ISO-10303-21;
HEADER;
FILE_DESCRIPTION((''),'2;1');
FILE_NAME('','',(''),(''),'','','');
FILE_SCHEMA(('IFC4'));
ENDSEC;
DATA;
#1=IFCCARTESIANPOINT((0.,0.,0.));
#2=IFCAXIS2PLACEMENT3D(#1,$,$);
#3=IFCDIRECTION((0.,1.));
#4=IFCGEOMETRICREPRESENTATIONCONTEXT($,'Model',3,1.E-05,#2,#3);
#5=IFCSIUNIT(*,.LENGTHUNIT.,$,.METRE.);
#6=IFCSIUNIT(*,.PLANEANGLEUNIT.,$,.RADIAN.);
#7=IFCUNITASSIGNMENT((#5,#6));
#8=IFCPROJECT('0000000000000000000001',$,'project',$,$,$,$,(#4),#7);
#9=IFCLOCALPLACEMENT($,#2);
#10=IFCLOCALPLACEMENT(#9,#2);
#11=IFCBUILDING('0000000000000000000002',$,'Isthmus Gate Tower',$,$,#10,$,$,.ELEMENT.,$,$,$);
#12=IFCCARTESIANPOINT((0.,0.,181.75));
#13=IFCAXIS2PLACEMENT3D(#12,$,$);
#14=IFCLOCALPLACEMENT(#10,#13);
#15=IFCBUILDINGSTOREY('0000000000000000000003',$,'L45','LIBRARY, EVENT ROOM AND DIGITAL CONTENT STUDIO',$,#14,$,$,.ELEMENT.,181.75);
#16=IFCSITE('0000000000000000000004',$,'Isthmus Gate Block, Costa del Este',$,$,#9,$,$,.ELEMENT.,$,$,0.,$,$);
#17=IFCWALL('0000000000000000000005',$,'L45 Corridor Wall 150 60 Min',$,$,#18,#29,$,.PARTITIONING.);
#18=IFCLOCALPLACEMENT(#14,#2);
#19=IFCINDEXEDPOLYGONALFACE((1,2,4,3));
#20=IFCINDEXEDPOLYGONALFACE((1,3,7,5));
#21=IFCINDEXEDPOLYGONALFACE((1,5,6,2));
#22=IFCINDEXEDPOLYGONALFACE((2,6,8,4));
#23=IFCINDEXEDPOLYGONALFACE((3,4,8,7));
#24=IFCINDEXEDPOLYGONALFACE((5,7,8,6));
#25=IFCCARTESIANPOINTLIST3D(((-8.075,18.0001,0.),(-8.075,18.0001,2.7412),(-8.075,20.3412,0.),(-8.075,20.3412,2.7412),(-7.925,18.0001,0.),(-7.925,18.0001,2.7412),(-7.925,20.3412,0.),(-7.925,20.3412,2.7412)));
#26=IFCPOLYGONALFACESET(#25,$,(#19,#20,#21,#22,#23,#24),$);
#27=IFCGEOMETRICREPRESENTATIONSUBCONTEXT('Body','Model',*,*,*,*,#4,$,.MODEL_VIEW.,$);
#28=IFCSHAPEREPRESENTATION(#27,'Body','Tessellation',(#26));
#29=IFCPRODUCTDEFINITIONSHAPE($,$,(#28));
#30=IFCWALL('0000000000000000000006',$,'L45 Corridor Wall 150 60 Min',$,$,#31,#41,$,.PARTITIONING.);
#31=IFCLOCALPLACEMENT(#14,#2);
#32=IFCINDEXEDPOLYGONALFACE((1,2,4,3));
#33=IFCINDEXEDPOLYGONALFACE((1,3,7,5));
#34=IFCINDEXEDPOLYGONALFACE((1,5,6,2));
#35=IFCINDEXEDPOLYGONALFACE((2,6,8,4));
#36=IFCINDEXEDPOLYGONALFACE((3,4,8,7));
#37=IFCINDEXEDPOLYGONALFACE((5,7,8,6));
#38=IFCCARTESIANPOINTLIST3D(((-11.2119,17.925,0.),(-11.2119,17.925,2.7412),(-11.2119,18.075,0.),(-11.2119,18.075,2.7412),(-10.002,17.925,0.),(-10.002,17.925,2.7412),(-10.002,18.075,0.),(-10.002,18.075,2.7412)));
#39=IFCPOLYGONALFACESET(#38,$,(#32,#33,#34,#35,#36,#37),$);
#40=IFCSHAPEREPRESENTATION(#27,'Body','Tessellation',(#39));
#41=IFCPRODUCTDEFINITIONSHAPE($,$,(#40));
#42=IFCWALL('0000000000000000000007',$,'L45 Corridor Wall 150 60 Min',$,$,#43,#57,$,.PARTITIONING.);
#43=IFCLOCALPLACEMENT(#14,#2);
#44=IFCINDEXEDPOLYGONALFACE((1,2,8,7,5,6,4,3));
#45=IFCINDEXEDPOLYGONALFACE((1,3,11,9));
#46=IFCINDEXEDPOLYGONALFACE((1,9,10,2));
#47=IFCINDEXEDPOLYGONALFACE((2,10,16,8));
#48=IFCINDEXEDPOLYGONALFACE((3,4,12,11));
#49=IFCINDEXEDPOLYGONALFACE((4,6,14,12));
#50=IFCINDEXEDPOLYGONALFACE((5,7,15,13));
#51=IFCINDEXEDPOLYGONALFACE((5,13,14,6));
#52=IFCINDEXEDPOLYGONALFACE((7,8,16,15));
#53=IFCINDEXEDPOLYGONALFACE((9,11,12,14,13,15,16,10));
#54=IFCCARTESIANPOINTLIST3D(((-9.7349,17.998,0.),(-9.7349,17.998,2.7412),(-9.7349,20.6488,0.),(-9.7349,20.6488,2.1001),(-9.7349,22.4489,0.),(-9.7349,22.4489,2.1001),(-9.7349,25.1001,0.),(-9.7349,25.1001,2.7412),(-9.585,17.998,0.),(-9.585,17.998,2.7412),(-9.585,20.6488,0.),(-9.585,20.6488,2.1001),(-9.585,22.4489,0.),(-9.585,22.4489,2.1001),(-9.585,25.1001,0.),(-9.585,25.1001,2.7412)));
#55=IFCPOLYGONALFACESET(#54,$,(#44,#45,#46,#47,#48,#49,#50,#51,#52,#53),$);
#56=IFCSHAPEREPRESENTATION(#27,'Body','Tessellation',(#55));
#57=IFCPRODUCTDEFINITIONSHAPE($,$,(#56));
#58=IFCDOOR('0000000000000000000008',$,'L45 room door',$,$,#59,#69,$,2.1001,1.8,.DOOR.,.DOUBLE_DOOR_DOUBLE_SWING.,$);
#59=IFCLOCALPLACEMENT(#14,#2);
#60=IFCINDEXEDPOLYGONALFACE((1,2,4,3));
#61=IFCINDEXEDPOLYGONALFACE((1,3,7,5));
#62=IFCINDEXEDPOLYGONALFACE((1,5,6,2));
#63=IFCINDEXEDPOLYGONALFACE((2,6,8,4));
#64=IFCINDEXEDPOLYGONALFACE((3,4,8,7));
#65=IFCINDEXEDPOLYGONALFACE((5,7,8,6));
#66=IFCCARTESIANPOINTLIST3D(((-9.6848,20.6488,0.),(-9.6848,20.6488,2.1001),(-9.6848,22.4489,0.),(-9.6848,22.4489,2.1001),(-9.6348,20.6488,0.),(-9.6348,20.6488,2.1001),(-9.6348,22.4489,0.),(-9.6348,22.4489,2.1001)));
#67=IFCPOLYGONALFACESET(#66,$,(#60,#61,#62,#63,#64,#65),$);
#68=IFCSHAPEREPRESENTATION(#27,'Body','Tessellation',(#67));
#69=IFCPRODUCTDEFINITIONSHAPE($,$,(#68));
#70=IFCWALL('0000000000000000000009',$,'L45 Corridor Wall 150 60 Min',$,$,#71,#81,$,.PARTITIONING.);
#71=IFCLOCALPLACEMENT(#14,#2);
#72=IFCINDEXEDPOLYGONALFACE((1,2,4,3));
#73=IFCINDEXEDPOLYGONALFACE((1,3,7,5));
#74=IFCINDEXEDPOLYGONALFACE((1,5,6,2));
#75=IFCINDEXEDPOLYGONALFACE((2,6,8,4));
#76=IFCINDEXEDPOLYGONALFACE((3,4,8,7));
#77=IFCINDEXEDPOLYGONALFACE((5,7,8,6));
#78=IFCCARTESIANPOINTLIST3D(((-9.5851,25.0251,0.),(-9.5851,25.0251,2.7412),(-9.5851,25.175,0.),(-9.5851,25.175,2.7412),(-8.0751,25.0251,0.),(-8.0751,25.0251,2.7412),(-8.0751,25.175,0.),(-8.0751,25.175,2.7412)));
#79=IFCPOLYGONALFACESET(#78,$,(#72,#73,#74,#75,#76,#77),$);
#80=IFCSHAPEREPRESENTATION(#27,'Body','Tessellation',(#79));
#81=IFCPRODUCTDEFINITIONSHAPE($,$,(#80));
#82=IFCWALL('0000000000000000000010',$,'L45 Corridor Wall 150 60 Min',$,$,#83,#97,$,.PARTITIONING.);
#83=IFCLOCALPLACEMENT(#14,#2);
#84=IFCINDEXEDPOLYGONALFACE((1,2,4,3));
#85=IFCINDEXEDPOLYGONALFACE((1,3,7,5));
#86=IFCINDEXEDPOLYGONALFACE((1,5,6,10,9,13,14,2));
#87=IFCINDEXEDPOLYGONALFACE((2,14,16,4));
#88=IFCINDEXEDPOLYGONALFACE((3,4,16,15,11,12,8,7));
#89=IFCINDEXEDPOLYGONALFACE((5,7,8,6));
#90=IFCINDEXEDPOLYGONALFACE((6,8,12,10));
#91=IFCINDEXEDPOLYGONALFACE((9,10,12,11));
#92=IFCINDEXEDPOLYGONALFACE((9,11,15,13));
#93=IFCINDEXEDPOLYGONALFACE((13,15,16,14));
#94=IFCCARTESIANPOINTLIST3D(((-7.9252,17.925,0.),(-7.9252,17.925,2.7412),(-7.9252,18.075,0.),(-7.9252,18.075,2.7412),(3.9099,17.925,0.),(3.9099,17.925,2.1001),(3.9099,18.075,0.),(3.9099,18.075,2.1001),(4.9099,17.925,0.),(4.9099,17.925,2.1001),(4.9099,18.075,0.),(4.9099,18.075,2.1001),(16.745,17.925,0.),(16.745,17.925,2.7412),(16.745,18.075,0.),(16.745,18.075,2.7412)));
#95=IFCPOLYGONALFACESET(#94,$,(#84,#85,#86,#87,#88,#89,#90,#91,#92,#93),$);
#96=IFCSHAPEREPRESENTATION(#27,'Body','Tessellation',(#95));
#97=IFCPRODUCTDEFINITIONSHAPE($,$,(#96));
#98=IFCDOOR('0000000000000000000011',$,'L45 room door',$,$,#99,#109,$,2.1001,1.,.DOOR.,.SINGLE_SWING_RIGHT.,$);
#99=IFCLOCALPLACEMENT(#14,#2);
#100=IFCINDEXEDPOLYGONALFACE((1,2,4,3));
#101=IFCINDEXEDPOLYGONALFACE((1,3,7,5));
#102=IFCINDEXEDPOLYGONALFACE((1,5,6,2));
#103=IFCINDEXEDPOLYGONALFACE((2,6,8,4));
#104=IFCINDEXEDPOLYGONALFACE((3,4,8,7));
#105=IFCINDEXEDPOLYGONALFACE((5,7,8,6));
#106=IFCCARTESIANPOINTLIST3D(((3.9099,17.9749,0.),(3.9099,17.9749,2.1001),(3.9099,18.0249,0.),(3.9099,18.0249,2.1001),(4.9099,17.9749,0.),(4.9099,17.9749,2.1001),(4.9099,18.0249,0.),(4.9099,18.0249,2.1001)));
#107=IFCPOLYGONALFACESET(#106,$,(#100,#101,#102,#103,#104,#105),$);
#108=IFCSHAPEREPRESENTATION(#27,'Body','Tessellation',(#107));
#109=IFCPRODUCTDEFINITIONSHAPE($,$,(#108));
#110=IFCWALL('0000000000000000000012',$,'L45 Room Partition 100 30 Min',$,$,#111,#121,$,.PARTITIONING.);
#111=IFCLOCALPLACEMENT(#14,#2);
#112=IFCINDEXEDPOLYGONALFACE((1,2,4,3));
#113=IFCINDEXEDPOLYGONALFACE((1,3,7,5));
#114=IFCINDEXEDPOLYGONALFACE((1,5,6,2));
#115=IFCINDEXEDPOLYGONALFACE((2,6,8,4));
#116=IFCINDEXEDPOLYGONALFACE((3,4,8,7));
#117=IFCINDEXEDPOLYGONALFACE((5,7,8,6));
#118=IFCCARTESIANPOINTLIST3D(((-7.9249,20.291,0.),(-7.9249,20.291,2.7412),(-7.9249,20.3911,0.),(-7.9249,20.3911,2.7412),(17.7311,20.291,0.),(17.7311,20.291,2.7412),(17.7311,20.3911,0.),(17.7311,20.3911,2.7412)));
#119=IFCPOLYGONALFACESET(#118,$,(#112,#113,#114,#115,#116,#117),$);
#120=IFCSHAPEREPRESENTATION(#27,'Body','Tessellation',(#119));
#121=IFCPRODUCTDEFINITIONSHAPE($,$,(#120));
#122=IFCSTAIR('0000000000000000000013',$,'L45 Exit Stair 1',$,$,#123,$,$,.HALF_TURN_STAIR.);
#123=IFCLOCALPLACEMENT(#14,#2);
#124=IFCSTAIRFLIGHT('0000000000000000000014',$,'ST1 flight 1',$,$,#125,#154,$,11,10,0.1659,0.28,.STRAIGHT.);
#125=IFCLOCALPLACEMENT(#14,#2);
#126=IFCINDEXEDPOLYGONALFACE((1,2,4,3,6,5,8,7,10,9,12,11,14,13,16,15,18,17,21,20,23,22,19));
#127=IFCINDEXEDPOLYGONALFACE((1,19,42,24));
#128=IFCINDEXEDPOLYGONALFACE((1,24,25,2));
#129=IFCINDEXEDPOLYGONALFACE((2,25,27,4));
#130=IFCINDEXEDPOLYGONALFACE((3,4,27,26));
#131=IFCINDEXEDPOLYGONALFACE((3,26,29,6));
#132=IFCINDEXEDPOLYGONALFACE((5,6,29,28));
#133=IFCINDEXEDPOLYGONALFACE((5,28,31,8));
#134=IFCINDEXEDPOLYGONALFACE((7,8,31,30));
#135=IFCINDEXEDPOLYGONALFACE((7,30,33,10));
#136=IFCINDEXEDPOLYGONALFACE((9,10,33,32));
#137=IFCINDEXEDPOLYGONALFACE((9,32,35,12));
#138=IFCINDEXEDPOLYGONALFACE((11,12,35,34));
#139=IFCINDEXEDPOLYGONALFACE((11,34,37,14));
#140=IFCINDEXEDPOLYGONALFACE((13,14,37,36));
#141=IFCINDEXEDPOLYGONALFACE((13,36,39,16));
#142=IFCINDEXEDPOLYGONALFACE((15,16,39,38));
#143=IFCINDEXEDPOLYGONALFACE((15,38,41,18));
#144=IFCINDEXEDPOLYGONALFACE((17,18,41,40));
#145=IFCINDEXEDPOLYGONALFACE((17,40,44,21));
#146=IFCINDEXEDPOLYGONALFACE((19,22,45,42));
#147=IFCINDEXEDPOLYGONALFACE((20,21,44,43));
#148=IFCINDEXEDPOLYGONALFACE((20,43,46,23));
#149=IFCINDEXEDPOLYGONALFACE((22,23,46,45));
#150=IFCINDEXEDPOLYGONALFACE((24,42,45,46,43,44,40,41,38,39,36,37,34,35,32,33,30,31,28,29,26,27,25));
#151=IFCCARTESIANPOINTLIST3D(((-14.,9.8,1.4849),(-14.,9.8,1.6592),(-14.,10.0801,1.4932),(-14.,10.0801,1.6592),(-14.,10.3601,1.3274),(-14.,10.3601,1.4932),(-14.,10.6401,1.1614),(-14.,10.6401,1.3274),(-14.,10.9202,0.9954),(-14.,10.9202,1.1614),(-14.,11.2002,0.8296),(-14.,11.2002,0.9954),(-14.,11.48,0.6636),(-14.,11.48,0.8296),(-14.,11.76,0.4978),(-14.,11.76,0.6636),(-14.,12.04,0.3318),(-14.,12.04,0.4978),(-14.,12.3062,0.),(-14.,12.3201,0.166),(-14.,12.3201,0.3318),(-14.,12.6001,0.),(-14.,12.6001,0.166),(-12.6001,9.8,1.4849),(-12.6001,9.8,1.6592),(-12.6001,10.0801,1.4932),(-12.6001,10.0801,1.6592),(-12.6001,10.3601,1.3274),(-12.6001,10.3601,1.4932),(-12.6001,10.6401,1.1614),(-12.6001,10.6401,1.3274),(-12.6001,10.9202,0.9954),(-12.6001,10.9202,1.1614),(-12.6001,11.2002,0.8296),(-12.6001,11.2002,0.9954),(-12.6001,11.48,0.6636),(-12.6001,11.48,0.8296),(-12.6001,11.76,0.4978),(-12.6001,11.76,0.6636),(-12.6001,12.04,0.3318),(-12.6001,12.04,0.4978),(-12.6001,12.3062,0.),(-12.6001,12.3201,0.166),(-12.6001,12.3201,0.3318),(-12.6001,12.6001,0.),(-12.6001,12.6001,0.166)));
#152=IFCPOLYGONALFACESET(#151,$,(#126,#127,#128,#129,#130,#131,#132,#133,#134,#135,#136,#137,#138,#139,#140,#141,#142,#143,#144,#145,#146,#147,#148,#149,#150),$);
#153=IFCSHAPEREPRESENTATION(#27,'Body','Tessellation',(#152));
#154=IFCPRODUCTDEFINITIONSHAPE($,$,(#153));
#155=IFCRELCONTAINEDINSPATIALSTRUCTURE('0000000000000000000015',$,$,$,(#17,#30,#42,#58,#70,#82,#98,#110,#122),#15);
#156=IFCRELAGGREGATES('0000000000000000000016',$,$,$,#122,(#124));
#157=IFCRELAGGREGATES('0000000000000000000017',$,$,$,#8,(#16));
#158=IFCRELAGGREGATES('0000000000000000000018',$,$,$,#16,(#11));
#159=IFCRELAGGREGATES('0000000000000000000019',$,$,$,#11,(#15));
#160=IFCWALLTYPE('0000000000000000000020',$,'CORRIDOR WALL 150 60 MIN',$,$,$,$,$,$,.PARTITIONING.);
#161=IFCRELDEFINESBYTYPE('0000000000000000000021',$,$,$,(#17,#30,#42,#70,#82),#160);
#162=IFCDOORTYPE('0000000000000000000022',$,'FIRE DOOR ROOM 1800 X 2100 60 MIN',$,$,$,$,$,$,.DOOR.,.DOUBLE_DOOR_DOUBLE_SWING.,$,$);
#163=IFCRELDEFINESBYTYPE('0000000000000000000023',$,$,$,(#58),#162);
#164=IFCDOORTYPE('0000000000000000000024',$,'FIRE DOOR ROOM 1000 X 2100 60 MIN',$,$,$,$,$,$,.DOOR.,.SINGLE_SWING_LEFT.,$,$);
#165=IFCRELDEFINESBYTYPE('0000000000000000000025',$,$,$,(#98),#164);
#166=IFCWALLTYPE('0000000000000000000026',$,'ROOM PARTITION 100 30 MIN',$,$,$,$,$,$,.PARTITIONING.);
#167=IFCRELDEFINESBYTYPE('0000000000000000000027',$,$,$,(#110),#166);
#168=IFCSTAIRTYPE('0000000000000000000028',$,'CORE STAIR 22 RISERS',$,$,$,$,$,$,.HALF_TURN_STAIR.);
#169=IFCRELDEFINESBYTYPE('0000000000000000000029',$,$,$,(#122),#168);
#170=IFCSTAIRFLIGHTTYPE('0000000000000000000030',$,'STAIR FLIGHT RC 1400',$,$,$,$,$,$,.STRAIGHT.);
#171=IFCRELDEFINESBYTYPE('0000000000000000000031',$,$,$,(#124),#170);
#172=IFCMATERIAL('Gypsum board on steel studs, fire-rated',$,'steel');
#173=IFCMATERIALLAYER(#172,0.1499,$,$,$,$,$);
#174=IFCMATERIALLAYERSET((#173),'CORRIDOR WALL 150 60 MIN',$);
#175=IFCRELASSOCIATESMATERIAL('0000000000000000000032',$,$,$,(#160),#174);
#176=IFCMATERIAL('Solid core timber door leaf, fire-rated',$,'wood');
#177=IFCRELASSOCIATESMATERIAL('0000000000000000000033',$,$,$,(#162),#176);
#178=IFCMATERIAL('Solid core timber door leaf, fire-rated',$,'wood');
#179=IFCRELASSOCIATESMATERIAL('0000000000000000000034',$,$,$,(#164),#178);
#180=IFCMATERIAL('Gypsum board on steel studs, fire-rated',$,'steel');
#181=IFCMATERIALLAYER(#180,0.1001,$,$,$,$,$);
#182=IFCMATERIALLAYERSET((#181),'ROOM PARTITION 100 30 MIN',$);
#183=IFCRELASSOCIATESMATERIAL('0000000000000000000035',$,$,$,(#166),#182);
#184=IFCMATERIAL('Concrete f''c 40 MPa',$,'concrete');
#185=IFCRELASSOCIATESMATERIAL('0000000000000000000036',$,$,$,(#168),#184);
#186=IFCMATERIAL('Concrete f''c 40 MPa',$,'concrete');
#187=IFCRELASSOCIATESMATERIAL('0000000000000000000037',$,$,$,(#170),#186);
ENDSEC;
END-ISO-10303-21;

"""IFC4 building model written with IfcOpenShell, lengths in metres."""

from ifc_helpers import new_model, si_unit, direction, frame, frame_2d, origin, place, context, subcontext, project, spatial, polyline, rectangle, outline, extrude, material, layer, layer_set, type_object, element, fill, aggregate, save


model = new_model("IFC4")

# Units and contexts
model_context = context("Model", 3, precision=1e-05, world=origin(), true_north=direction((0.0, 1.0)))
body_context = subcontext(model_context, "Body", "Model", "MODEL_VIEW")
ifc_project = project(units=[si_unit("LENGTHUNIT", "METRE"), si_unit("PLANEANGLEUNIT", "RADIAN")], contexts=[model_context])

# Site, building, storey
site_placement = place(None, origin())
site = spatial("IfcSite", under=ifc_project, at=site_placement, Name="Isthmus Gate Block, Costa del Este", CompositionType="ELEMENT", RefElevation=0.0)
building_placement = place(site_placement, origin())
building = spatial("IfcBuilding", under=site, at=building_placement, Name="Isthmus Gate Tower", CompositionType="ELEMENT")
storey_placement = place(building_placement, frame((0.0, 0.0, 181.75)))
storey = spatial("IfcBuildingStorey", under=building, at=storey_placement, Name="L45", Description="LIBRARY, EVENT ROOM AND DIGITAL CONTENT STUDIO", CompositionType="ELEMENT", Elevation=181.75)

# Walls
ifc_material_1 = material(Name="Gypsum board on steel studs, fire-rated", Category="steel")
ifc_layer_1 = layer(ifc_material_1, 0.1499)
ifc_layer_set_1 = layer_set([ifc_layer_1], Name="CORRIDOR WALL 150 60 MIN")
wall_type_1 = type_object("IfcWallType", Name="CORRIDOR WALL 150 60 MIN", PredefinedType="PARTITIONING", material=ifc_layer_set_1)
wall_1_placement = place(storey_placement, frame((-8.0, 20.3411, 0.0), z_axis=(0.0, 0.0, 1.0), x_axis=(0.0, -1.0, 0.0)))
element("IfcWall", 1, at=wall_1_placement, inside=storey, type_object=wall_type_1, Name="L45 Corridor Wall 150 60 Min", PredefinedType="PARTITIONING", context=body_context, shape_type="SweptSolid", body=[
    extrude(rectangle(XDim=2.3411, YDim=0.1499, at=frame_2d((1.1704, 0.0))), origin(), (0.0, 0.0, 1.0), 2.7412),
])
wall_2_placement = place(storey_placement, frame((-11.2119, 18.0, 0.0), z_axis=(0.0, 0.0, 1.0), x_axis=(1.0, 0.0, 0.0)))
element("IfcWall", 2, at=wall_2_placement, inside=storey, type_object=wall_type_1, Name="L45 Corridor Wall 150 60 Min", PredefinedType="PARTITIONING", context=body_context, shape_type="SweptSolid", body=[
    extrude(rectangle(XDim=1.21, YDim=0.1499, at=frame_2d((0.605, 0.0))), origin(), (0.0, 0.0, 1.0), 2.7412),
])

# Wall, opening, door
wall_3_placement = place(storey_placement, frame((-9.6599, 17.998, 0.0), z_axis=(0.0, 0.0, 1.0), x_axis=(0.0, 1.0, 0.0)))
wall_3 = element("IfcWall", 3, at=wall_3_placement, inside=storey, type_object=wall_type_1, Name="L45 Corridor Wall 150 60 Min", PredefinedType="PARTITIONING", context=body_context, shape_type="SweptSolid", body=[
    extrude(rectangle(XDim=7.1021, YDim=0.1499, at=frame_2d((3.551, 0.0))), origin(), (0.0, 0.0, 1.0), 2.7412),
])
opening_1_placement = place(wall_3_placement, frame((2.6509, 0.0, 0.0)))
opening_1 = element("IfcOpeningElement", 4, at=opening_1_placement, cuts=wall_3, PredefinedType="OPENING", context=body_context, shape_type="SweptSolid", body=[
    extrude(rectangle(XDim=1.8, YDim=2.1001, at=frame_2d((0.8999, 1.05))), frame((0.0, 0.085, 0.0), z_axis=(0.0, -1.0, 0.0), x_axis=(1.0, 0.0, 0.0)), (0.0, 0.0, 1.0), 0.1699),
])
ifc_material_2 = material(Name="Solid core timber door leaf, fire-rated", Category="wood")
door_type_1 = type_object("IfcDoorType", Name="FIRE DOOR ROOM 1800 X 2100 60 MIN", OperationType="DOUBLE_DOOR_DOUBLE_SWING", PredefinedType="DOOR", material=ifc_material_2)
door_1_placement = place(opening_1_placement, origin())
door_1 = element("IfcDoor", 5, at=door_1_placement, inside=storey, type_object=door_type_1, Name="L45 room door", OperationType="DOUBLE_DOOR_DOUBLE_SWING", OverallHeight=2.1001, OverallWidth=1.8, PredefinedType="DOOR", context=body_context, shape_type="SweptSolid", body=[
    extrude(rectangle(XDim=1.8, YDim=2.1001, at=frame_2d((0.8999, 1.05))), frame((0.0, 0.0249, 0.0), z_axis=(0.0, -1.0, 0.0), x_axis=(1.0, 0.0, 0.0)), (0.0, 0.0, 1.0), 0.05),
])
fill(opening_1, door_1)

# Wall
wall_4_placement = place(storey_placement, frame((-9.585, 25.1001, 0.0), z_axis=(0.0, 0.0, 1.0), x_axis=(1.0, 0.0, 0.0)))
element("IfcWall", 6, at=wall_4_placement, inside=storey, type_object=wall_type_1, Name="L45 Corridor Wall 150 60 Min", PredefinedType="PARTITIONING", context=body_context, shape_type="SweptSolid", body=[
    extrude(rectangle(XDim=1.51, YDim=0.1499, at=frame_2d((0.7549, 0.0))), origin(), (0.0, 0.0, 1.0), 2.7412),
])

# Wall, opening, door
wall_5_placement = place(storey_placement, frame((-7.925, 18.0, 0.0), z_axis=(0.0, 0.0, 1.0), x_axis=(1.0, 0.0, 0.0)))
wall_5 = element("IfcWall", 7, at=wall_5_placement, inside=storey, type_object=wall_type_1, Name="L45 Corridor Wall 150 60 Min", PredefinedType="PARTITIONING", context=body_context, shape_type="SweptSolid", body=[
    extrude(rectangle(XDim=24.6702, YDim=0.1499, at=frame_2d((12.335, 0.0))), origin(), (0.0, 0.0, 1.0), 2.7412),
])
opening_2_placement = place(wall_5_placement, frame((11.835, 0.0, 0.0)))
opening_2 = element("IfcOpeningElement", 8, at=opening_2_placement, cuts=wall_5, PredefinedType="OPENING", context=body_context, shape_type="SweptSolid", body=[
    extrude(rectangle(XDim=1.0, YDim=2.1001, at=frame_2d((0.5, 1.05))), frame((0.0, 0.085, 0.0), z_axis=(0.0, -1.0, 0.0), x_axis=(1.0, 0.0, 0.0)), (0.0, 0.0, 1.0), 0.1699),
])
ifc_material_3 = material(Name="Solid core timber door leaf, fire-rated", Category="wood")
door_type_2 = type_object("IfcDoorType", Name="FIRE DOOR ROOM 1000 X 2100 60 MIN", OperationType="SINGLE_SWING_LEFT", PredefinedType="DOOR", material=ifc_material_3)
door_2_placement = place(opening_2_placement, origin())
door_2 = element("IfcDoor", 9, at=door_2_placement, inside=storey, type_object=door_type_2, Name="L45 room door", OperationType="SINGLE_SWING_RIGHT", OverallHeight=2.1001, OverallWidth=1.0, PredefinedType="DOOR", context=body_context, shape_type="SweptSolid", body=[
    extrude(rectangle(XDim=1.0, YDim=2.1001, at=frame_2d((0.5, 1.05))), frame((0.0, 0.0249, 0.0), z_axis=(0.0, -1.0, 0.0), x_axis=(1.0, 0.0, 0.0)), (0.0, 0.0, 1.0), 0.05),
])
fill(opening_2, door_2)

# Wall
ifc_material_4 = material(Name="Gypsum board on steel studs, fire-rated", Category="steel")
ifc_layer_2 = layer(ifc_material_4, 0.1001)
ifc_layer_set_2 = layer_set([ifc_layer_2], Name="ROOM PARTITION 100 30 MIN")
wall_type_2 = type_object("IfcWallType", Name="ROOM PARTITION 100 30 MIN", PredefinedType="PARTITIONING", material=ifc_layer_set_2)
wall_6_placement = place(storey_placement, frame((-7.925, 20.3411, 0.0), z_axis=(0.0, 0.0, 1.0), x_axis=(1.0, 0.0, 0.0)))
element("IfcWall", 10, at=wall_6_placement, inside=storey, type_object=wall_type_2, Name="L45 Room Partition 100 30 Min", PredefinedType="PARTITIONING", context=body_context, shape_type="SweptSolid", body=[
    extrude(rectangle(XDim=25.656, YDim=0.1001, at=frame_2d((12.8281, 0.0))), origin(), (0.0, 0.0, 1.0), 2.7412),
])

# Stair, stair flight
ifc_material_5 = material(Name="Concrete f'c 40 MPa", Category="concrete")
stair_type = type_object("IfcStairType", Name="CORE STAIR 22 RISERS", PredefinedType="HALF_TURN_STAIR", material=ifc_material_5)
stair_placement = place(storey_placement, origin())
stair = element("IfcStair", 11, at=stair_placement, inside=storey, type_object=stair_type, Name="L45 Exit Stair 1", PredefinedType="HALF_TURN_STAIR")
ifc_material_6 = material(Name="Concrete f'c 40 MPa", Category="concrete")
stair_flight_type = type_object("IfcStairFlightType", Name="STAIR FLIGHT RC 1400", PredefinedType="STRAIGHT", material=ifc_material_6)
stair_flight_placement = place(storey_placement, frame((-13.3, 12.6001, 0.0), z_axis=(0.0, 0.0, 1.0), x_axis=(0.0, -1.0, 0.0)))
stair_flight = element("IfcStairFlight", 12, at=stair_flight_placement, type_object=stair_flight_type, Name="ST1 flight 1", NumberOfRisers=11, NumberOfTreads=10, PredefinedType="STRAIGHT", RiserHeight=0.1659, TreadLength=0.28, context=body_context, shape_type="SweptSolid", body=[
    extrude(outline(polyline([(0.0, 0.0), (0.0, 0.166), (0.28, 0.166), (0.28, 0.3318), (0.5601, 0.3318), (0.5601, 0.4978), (0.8401, 0.4978), (0.8401, 0.6636), (1.1201, 0.6636), (1.1201, 0.8296), (1.3999, 0.8296), (1.3999, 0.9954), (1.6799, 0.9954), (1.6799, 1.1614), (1.96, 1.1614), (1.96, 1.3274), (2.24, 1.3274), (2.24, 1.4932), (2.52, 1.4932), (2.52, 1.6592), (2.8, 1.6592), (2.8, 1.825), (2.8, 1.4849), (0.2939, 0.0), (0.0, 0.0)])), frame((0.0, 0.7, 0.0), z_axis=(0.0, -1.0, 0.0), x_axis=(1.0, 0.0, 0.0)), (0.0, 0.0, 1.0), 1.3999),
])
aggregate(stair, [stair_flight])

save(model, "model.ifc")
